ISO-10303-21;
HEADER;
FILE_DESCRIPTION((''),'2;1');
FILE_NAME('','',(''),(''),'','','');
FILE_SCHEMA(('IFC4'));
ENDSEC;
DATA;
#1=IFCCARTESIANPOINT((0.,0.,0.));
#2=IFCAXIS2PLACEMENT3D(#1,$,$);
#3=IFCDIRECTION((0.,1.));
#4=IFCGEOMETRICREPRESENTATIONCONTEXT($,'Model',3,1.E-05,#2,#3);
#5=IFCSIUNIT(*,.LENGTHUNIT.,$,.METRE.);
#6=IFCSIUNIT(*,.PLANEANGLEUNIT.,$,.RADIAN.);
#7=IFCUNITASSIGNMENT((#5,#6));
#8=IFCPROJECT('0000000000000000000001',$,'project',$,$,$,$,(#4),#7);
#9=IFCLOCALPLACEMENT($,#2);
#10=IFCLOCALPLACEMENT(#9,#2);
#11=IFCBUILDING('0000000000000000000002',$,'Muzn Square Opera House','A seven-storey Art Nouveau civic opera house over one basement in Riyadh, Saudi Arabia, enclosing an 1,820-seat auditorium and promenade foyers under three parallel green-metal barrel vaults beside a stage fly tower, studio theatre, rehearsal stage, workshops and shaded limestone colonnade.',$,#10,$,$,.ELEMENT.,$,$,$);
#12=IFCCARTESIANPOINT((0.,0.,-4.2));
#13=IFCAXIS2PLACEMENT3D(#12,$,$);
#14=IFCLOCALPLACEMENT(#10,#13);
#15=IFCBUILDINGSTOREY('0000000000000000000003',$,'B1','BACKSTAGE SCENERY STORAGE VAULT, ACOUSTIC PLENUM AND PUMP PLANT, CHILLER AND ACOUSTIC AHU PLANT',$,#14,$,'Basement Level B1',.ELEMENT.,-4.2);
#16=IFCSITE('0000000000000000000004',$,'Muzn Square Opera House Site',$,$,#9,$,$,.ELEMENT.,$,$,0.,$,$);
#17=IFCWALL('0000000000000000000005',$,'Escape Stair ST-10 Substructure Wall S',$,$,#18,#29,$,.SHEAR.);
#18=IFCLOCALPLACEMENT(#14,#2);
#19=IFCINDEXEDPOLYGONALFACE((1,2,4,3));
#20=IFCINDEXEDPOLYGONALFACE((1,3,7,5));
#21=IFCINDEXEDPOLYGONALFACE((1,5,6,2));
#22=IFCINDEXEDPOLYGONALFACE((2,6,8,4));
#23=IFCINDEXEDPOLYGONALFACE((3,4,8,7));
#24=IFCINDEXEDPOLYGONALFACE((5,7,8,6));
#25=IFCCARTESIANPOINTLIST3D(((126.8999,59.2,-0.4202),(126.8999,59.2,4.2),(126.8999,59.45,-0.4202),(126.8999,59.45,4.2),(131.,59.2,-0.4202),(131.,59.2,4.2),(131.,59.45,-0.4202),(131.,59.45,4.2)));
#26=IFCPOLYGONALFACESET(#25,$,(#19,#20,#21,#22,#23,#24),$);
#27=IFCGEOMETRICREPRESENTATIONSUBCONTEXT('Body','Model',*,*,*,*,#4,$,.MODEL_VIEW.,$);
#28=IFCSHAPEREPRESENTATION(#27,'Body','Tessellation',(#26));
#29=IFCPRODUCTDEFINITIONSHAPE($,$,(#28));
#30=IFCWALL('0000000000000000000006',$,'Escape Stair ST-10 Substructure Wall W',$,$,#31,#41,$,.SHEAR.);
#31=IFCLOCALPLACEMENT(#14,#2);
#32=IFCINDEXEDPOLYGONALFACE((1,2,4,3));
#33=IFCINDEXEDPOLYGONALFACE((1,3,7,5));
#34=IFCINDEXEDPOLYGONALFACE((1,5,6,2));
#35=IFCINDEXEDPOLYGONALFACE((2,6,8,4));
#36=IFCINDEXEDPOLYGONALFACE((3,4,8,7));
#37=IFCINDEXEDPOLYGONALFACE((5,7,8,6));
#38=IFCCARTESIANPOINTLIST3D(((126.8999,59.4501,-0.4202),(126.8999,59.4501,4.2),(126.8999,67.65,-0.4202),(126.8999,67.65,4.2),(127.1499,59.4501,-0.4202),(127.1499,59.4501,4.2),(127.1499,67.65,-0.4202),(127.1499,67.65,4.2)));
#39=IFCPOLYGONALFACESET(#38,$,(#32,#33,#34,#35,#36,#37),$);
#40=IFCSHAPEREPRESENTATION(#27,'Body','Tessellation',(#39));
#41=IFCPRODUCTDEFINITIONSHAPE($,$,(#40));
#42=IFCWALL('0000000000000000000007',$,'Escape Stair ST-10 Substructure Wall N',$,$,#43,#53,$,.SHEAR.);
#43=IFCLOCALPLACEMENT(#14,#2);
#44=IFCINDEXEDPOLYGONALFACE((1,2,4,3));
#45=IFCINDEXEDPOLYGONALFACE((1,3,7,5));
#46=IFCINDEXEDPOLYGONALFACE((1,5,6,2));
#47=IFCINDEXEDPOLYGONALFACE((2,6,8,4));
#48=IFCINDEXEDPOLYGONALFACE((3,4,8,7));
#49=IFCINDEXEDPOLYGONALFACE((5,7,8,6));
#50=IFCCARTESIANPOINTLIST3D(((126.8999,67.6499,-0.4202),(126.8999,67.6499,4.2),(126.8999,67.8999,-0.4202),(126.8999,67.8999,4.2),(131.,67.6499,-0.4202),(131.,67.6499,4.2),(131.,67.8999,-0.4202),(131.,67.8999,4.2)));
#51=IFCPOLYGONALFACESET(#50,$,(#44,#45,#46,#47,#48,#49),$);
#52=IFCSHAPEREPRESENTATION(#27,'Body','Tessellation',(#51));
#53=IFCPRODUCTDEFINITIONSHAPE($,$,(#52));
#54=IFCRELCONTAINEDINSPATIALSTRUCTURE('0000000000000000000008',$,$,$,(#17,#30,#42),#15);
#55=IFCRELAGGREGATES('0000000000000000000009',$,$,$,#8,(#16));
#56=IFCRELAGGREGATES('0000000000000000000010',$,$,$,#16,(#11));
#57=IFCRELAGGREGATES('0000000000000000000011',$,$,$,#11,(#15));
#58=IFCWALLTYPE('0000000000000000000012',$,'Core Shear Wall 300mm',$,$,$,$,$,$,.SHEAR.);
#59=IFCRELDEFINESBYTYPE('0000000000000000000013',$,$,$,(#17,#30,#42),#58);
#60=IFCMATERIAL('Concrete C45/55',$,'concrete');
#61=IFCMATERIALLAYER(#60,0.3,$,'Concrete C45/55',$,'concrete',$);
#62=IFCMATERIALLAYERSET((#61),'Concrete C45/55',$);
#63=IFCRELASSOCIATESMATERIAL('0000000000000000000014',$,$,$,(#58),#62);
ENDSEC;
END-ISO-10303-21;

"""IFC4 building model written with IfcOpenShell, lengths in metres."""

from ifc_helpers import new_model, si_unit, direction, frame, frame_2d, origin, place, context, subcontext, project, spatial, rectangle, extrude, material, layer, layer_set, type_object, element, save


model = new_model("IFC4")

# Units and contexts
model_context = context("Model", 3, precision=1e-05, world=origin(), true_north=direction((0.0, 1.0)))
body_context = subcontext(model_context, "Body", "Model", "MODEL_VIEW")
ifc_project = project(units=[si_unit("LENGTHUNIT", "METRE"), si_unit("PLANEANGLEUNIT", "RADIAN")], contexts=[model_context])

# Site, building, storey
site_placement = place(None, origin())
site = spatial("IfcSite", under=ifc_project, at=site_placement, Name="Muzn Square Opera House Site", CompositionType="ELEMENT", RefElevation=0.0)
building_placement = place(site_placement, origin())
building = spatial("IfcBuilding", under=site, at=building_placement, Name="Muzn Square Opera House", Description="A seven-storey Art Nouveau civic opera house over one basement in Riyadh, Saudi Arabia, enclosing an 1,820-seat auditorium and promenade foyers under three parallel green-metal barrel vaults beside a stage fly tower, studio theatre, rehearsal stage, workshops and shaded limestone colonnade.", CompositionType="ELEMENT")
storey_placement = place(building_placement, frame((0.0, 0.0, -4.2)))
storey = spatial("IfcBuildingStorey", under=building, at=storey_placement, Name="B1", Description="BACKSTAGE SCENERY STORAGE VAULT, ACOUSTIC PLENUM AND PUMP PLANT, CHILLER AND ACOUSTIC AHU PLANT", LongName="Basement Level B1", CompositionType="ELEMENT", Elevation=-4.2)

# Shared definitions
ifc_material_1 = material(Name="Concrete C45/55", Category="concrete")

# Walls
ifc_layer = layer(ifc_material_1, 0.3, Name="Concrete C45/55", Category="concrete")
ifc_layer_set = layer_set([ifc_layer], Name="Concrete C45/55")
wall_type = type_object("IfcWallType", Name="Core Shear Wall 300mm", PredefinedType="SHEAR", material=ifc_layer_set)
wall_1_placement = place(storey_placement, frame((126.8999, 59.325, -0.4202), z_axis=(0.0, 0.0, 1.0), x_axis=(1.0, 0.0, 0.0)))
element("IfcWall", 1, at=wall_1_placement, inside=storey, type_object=wall_type, Name="Escape Stair ST-10 Substructure Wall S", PredefinedType="SHEAR", context=body_context, shape_type="SweptSolid", body=[
    extrude(rectangle(XDim=4.1001, YDim=0.25, at=frame_2d((2.05, 0.0))), origin(), (0.0, 0.0, 1.0), 4.6201),
])
wall_2_placement = place(storey_placement, frame((127.0249, 59.45, -0.4202), z_axis=(0.0, 0.0, 1.0), x_axis=(0.0, 1.0, 0.0)))
element("IfcWall", 2, at=wall_2_placement, inside=storey, type_object=wall_type, Name="Escape Stair ST-10 Substructure Wall W", PredefinedType="SHEAR", context=body_context, shape_type="SweptSolid", body=[
    extrude(rectangle(XDim=8.2, YDim=0.25, at=frame_2d((4.1001, 0.0))), origin(), (0.0, 0.0, 1.0), 4.6201),
])
wall_3_placement = place(storey_placement, frame((126.8999, 67.7749, -0.4202), z_axis=(0.0, 0.0, 1.0), x_axis=(1.0, 0.0, 0.0)))
element("IfcWall", 3, at=wall_3_placement, inside=storey, type_object=wall_type, Name="Escape Stair ST-10 Substructure Wall N", PredefinedType="SHEAR", context=body_context, shape_type="SweptSolid", body=[
    extrude(rectangle(XDim=4.1001, YDim=0.25, at=frame_2d((2.05, 0.0))), origin(), (0.0, 0.0, 1.0), 4.6201),
])

save(model, "model.ifc")
